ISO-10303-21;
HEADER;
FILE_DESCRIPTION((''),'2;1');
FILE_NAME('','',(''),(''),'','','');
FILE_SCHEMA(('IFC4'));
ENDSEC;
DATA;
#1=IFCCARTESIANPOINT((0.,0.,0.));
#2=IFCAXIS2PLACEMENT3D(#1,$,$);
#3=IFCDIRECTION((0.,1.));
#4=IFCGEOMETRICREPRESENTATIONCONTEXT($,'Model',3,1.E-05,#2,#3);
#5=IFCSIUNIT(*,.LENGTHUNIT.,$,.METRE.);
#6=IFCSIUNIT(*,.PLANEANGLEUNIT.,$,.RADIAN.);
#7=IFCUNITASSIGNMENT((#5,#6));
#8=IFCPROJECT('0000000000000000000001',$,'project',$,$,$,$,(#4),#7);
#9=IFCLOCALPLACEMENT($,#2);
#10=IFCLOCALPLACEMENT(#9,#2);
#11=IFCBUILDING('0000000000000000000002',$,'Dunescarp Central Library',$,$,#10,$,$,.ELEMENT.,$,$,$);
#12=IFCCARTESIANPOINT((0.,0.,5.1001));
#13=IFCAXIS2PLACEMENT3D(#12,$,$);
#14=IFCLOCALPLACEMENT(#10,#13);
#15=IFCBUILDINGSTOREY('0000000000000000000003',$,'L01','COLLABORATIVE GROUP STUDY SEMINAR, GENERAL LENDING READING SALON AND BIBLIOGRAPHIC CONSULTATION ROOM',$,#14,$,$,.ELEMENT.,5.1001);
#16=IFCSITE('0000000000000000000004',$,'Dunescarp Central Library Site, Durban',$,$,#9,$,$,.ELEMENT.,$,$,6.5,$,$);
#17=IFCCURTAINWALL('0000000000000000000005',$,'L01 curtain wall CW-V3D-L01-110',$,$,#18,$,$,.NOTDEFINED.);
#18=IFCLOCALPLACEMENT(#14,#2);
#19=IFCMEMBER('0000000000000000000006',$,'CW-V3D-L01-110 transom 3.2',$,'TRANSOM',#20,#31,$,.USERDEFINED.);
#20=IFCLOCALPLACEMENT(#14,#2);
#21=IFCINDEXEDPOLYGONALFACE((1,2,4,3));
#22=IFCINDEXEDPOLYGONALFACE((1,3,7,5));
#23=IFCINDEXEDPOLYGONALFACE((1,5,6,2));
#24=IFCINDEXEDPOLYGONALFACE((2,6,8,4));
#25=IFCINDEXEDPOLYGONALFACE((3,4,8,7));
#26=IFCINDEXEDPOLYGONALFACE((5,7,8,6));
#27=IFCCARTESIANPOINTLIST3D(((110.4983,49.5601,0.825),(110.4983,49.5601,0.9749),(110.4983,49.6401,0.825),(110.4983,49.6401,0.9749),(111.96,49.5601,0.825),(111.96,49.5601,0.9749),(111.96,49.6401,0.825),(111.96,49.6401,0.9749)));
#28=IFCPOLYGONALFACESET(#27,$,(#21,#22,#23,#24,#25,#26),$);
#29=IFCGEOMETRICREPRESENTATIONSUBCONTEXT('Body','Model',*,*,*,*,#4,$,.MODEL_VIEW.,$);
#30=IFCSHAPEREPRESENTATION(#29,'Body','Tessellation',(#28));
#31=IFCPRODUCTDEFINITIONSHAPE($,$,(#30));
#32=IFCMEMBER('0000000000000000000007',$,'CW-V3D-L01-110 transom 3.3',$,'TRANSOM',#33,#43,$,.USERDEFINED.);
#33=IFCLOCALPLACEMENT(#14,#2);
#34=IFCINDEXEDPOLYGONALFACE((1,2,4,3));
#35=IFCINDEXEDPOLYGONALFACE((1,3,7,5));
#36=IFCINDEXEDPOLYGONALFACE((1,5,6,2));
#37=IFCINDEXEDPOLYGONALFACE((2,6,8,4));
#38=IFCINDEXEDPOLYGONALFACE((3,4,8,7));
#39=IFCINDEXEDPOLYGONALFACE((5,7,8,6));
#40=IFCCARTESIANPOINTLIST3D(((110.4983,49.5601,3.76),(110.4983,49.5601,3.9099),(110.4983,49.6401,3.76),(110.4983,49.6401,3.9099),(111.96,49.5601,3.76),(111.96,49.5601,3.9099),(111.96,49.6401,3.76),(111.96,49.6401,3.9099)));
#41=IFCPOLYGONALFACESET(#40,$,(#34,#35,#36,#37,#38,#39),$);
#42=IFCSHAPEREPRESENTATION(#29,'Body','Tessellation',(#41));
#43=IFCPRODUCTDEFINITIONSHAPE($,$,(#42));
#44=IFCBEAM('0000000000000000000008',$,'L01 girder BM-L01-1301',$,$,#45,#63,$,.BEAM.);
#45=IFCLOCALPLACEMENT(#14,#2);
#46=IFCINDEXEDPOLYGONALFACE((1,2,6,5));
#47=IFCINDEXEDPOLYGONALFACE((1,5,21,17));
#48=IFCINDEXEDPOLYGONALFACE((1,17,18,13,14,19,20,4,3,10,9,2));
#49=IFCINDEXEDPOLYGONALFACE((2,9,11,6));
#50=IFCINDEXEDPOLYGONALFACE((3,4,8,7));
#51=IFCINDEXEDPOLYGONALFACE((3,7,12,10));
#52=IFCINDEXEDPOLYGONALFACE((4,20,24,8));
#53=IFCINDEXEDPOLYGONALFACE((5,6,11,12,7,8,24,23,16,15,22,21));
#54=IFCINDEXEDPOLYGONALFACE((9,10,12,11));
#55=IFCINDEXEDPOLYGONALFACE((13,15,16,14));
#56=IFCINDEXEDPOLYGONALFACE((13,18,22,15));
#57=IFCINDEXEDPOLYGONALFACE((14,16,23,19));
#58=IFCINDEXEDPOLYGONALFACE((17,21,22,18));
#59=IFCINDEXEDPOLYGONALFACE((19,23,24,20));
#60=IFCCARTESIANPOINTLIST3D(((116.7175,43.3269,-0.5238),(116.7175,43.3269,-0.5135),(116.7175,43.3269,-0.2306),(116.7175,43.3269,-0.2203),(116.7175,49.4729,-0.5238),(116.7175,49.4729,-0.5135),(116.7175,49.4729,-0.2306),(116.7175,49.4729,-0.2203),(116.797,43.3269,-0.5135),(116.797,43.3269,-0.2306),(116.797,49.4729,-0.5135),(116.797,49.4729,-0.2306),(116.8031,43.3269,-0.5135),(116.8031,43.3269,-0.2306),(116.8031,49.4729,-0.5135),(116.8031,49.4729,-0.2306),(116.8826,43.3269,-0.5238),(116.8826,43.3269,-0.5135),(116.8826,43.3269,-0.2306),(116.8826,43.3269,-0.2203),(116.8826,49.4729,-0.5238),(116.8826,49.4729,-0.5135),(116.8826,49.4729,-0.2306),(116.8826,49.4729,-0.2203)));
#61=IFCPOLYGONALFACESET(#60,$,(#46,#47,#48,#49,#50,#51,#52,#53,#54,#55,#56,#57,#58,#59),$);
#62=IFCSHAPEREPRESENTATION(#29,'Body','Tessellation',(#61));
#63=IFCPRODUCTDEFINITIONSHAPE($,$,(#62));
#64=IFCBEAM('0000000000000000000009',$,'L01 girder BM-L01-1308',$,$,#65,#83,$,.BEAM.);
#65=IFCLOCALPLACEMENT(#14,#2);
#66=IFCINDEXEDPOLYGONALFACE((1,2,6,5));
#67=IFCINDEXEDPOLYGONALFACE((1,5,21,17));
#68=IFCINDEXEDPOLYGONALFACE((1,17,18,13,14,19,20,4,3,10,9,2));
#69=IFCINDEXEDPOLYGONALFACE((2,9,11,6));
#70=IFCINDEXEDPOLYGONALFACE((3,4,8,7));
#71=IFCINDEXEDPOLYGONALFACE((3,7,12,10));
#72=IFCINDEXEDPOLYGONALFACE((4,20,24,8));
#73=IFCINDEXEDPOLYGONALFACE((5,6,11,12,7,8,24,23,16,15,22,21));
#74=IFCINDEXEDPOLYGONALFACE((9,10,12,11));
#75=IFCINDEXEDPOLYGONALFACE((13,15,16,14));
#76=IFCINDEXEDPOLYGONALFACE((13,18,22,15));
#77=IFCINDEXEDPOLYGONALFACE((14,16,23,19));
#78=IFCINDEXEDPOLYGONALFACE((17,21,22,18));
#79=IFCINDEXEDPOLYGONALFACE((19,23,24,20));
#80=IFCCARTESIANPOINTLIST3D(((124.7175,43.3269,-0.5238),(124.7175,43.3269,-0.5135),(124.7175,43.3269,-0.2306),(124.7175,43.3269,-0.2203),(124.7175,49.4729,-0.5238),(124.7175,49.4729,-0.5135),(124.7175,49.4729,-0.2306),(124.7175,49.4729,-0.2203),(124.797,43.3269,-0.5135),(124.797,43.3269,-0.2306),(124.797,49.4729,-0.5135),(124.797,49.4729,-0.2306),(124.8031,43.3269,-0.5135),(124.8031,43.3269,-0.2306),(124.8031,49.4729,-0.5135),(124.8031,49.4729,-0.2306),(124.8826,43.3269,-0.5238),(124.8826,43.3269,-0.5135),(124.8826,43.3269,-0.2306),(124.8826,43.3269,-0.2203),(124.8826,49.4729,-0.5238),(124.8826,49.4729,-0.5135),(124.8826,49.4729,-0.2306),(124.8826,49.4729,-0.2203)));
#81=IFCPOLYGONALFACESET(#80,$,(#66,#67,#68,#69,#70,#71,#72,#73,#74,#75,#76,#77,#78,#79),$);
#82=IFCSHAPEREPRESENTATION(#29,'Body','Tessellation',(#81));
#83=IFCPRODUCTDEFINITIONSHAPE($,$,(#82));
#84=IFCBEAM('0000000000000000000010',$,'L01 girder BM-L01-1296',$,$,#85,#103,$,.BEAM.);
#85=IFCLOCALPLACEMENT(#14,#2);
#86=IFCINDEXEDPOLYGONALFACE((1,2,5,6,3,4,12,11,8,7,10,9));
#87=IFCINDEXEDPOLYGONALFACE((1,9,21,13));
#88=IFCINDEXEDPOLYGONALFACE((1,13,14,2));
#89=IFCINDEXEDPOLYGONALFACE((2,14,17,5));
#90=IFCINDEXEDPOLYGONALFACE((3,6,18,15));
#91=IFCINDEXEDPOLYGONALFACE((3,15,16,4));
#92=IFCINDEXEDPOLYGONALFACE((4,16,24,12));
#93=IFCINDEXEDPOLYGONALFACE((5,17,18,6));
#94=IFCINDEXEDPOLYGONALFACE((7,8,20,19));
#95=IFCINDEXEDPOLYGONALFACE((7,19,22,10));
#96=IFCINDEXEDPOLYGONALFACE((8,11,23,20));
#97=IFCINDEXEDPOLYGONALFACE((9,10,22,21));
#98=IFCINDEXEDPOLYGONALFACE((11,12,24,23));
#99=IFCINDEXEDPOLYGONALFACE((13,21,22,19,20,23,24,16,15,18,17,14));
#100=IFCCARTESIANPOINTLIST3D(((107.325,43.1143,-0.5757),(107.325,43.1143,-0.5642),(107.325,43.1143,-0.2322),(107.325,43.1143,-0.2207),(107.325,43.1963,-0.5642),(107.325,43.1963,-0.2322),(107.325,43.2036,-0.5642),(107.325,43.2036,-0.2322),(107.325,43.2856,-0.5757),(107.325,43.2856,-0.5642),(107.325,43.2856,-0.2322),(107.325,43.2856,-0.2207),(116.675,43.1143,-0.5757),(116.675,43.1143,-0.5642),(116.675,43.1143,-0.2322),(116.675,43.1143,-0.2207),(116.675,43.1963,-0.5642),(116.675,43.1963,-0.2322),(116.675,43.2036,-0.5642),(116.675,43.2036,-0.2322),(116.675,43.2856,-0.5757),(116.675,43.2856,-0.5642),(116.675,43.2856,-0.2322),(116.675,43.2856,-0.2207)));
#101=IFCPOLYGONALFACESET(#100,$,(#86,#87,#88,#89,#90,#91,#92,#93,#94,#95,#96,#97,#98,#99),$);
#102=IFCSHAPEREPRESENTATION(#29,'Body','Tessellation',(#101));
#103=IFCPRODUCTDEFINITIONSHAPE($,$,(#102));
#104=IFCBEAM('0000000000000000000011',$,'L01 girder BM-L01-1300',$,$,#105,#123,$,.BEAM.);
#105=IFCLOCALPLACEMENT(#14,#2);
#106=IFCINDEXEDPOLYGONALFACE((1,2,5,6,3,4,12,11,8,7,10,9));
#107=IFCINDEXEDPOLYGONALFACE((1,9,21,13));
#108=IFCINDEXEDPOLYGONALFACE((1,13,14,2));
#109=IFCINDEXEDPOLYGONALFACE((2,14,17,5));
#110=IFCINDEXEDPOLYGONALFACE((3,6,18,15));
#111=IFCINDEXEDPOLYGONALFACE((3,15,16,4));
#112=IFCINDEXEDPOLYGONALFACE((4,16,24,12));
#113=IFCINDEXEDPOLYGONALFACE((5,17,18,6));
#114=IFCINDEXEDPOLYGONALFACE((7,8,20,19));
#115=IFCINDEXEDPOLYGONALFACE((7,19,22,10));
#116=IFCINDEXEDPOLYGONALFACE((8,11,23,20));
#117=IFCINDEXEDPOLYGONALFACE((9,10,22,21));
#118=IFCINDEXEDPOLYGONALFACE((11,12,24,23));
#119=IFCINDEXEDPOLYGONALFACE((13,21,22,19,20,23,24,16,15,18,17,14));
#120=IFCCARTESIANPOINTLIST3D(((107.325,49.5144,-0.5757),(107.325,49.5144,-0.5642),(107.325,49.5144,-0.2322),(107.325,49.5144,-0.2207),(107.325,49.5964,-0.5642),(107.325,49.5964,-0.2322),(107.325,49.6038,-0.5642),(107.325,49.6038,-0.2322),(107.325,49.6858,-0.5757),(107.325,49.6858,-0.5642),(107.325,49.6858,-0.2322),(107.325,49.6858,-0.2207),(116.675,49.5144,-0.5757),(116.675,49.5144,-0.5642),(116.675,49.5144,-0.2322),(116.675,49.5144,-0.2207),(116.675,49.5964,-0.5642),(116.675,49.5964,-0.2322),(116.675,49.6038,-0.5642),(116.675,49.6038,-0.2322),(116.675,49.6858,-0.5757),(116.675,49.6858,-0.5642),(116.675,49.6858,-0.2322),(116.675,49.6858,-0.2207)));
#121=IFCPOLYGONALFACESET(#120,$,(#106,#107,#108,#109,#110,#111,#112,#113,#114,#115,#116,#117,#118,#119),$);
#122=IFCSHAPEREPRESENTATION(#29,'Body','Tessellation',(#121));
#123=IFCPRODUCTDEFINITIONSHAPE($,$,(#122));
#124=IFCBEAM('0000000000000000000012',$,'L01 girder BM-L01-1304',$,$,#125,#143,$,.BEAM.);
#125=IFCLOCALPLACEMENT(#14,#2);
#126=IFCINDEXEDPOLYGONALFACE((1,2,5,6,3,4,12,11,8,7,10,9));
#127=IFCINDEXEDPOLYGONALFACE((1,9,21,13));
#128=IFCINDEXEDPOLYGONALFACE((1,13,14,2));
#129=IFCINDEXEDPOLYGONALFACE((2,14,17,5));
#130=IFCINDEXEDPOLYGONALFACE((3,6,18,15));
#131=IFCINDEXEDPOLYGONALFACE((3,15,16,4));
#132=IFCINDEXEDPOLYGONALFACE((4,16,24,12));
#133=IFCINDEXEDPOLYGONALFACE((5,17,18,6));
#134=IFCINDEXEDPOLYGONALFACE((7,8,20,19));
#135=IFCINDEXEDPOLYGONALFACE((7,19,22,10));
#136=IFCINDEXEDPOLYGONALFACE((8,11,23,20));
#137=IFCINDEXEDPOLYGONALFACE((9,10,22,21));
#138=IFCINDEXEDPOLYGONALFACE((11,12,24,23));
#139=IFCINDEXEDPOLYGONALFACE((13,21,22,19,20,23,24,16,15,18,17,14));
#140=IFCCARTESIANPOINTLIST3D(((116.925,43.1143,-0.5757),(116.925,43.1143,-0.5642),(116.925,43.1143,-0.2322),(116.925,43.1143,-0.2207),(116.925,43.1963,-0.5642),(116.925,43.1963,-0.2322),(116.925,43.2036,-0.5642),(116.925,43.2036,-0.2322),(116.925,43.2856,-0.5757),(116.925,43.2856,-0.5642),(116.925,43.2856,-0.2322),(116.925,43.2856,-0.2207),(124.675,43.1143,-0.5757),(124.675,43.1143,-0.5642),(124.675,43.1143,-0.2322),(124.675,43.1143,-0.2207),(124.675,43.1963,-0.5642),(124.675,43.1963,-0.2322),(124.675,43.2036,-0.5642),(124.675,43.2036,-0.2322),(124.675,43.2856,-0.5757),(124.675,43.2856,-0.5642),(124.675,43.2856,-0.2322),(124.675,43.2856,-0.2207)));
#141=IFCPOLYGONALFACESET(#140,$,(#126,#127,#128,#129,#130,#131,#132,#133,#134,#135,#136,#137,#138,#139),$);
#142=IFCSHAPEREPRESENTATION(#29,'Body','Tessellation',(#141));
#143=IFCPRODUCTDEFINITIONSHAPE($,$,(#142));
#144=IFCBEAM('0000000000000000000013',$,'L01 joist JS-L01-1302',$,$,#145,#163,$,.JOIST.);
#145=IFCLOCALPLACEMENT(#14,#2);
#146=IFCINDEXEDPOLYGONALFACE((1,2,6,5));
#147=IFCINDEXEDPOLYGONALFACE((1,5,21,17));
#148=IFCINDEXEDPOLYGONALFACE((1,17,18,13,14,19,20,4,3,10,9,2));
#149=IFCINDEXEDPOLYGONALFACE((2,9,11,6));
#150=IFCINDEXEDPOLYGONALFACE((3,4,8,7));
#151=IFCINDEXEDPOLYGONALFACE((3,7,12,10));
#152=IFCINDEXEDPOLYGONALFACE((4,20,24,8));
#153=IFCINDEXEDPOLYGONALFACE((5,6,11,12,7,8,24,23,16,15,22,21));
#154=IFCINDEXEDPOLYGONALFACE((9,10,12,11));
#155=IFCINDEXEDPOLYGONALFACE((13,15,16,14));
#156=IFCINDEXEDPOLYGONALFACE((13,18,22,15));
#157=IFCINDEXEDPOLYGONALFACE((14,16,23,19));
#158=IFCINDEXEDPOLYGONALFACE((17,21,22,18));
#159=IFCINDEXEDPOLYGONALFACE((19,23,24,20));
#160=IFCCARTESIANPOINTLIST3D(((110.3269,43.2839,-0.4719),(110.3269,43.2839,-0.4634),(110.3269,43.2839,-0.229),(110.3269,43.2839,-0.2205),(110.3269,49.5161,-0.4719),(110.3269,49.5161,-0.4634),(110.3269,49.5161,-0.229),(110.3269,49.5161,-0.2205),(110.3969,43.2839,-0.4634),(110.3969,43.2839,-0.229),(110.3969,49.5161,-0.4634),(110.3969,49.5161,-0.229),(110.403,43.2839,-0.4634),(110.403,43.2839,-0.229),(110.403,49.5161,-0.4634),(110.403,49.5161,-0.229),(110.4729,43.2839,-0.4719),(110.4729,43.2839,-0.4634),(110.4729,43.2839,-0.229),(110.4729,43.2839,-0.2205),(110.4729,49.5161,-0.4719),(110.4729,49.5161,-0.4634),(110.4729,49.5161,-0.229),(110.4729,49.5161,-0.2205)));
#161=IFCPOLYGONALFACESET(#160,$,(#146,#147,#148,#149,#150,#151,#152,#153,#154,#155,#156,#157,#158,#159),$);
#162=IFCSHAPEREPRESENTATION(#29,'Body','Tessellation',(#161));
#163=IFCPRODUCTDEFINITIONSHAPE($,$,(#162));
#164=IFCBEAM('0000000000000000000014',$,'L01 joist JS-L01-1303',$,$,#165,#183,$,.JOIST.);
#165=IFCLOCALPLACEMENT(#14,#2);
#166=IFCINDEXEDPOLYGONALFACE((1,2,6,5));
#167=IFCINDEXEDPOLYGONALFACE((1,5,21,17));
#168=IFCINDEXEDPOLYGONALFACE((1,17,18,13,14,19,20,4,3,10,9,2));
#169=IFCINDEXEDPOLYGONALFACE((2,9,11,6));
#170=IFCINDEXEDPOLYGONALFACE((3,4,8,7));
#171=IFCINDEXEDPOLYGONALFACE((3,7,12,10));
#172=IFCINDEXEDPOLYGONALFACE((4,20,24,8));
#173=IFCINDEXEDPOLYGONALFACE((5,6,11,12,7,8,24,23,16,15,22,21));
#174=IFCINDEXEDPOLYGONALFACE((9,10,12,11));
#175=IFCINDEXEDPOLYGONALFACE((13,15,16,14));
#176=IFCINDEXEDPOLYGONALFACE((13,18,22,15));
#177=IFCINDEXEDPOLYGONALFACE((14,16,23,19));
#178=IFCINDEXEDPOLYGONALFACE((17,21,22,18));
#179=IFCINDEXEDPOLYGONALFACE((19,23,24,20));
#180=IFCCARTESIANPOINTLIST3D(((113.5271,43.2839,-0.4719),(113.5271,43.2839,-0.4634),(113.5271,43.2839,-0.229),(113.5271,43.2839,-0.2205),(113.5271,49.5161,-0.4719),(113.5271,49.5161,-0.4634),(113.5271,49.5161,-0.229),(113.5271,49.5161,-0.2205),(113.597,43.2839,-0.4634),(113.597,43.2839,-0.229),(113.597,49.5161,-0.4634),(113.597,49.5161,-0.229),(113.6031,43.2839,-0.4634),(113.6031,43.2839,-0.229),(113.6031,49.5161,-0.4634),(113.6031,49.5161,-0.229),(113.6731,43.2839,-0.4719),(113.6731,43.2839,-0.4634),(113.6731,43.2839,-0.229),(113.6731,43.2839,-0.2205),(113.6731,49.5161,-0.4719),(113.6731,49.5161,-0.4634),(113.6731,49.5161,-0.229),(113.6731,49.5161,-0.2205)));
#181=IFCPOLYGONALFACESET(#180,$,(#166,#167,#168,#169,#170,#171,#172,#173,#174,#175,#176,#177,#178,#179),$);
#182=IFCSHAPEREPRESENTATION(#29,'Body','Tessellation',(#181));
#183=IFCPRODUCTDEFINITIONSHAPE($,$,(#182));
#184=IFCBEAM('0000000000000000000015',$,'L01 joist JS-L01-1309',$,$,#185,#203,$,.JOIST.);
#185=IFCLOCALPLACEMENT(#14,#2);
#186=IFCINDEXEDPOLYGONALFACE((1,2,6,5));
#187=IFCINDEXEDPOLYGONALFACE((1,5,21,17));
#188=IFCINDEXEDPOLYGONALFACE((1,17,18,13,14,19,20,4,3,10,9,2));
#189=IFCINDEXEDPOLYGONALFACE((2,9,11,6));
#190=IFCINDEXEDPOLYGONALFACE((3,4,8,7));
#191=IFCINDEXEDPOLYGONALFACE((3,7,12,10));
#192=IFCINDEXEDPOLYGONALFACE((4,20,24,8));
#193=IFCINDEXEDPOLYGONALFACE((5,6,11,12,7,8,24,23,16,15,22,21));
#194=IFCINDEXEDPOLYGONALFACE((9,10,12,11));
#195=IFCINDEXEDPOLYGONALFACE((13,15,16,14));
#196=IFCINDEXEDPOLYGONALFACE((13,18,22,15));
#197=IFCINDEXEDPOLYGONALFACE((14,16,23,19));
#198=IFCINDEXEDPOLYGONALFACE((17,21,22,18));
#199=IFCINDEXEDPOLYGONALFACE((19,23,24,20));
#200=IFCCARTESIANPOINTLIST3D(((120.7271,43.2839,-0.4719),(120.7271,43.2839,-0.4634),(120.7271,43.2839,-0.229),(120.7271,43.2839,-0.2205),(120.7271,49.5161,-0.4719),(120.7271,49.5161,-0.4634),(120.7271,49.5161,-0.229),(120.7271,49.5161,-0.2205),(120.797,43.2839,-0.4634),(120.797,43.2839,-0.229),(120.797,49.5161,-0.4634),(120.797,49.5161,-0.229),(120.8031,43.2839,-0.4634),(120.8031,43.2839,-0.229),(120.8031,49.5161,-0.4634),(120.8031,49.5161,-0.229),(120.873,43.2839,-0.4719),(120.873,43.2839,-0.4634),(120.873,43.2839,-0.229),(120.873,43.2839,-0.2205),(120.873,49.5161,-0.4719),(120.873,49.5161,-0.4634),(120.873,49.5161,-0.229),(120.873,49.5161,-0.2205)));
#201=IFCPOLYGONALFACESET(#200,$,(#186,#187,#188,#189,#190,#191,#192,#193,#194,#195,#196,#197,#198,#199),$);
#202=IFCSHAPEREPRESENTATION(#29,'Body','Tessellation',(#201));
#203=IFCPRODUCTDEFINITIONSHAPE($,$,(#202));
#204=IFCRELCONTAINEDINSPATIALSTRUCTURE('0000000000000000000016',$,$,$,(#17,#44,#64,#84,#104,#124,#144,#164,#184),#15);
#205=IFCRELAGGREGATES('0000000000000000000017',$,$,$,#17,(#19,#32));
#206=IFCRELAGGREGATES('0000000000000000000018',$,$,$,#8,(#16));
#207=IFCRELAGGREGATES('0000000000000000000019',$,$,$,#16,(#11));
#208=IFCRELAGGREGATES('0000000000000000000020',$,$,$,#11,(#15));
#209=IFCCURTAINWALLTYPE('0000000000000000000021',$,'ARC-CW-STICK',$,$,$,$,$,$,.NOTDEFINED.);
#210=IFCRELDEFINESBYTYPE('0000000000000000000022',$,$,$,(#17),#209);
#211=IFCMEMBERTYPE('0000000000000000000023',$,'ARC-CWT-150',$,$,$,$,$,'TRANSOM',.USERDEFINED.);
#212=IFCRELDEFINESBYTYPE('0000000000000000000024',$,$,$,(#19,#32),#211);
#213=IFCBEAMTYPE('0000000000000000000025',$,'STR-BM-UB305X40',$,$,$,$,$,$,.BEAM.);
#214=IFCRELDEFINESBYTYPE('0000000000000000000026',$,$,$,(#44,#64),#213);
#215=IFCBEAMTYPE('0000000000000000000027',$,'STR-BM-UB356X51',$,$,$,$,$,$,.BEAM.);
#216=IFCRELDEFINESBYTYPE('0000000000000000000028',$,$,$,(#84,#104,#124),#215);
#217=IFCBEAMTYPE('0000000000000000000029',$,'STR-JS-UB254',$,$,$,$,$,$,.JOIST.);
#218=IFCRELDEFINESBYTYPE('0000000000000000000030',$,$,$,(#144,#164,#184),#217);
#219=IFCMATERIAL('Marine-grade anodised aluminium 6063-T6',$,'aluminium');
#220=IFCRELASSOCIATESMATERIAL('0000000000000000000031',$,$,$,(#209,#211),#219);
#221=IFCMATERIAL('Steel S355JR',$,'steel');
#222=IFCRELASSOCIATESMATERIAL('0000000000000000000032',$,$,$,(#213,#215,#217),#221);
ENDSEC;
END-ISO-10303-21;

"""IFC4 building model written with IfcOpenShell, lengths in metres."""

from ifc_helpers import new_model, si_unit, direction, frame, origin, origin_2d, place, context, subcontext, project, spatial, rectangle, i_section, extrude, material, material_profile, profile_set, type_object, element, aggregate, save


model = new_model("IFC4")

# Units and contexts
model_context = context("Model", 3, precision=1e-05, world=origin(), true_north=direction((0.0, 1.0)))
body_context = subcontext(model_context, "Body", "Model", "MODEL_VIEW")
ifc_project = project(units=[si_unit("LENGTHUNIT", "METRE"), si_unit("PLANEANGLEUNIT", "RADIAN")], contexts=[model_context])

# Site, building, storey
site_placement = place(None, origin())
site = spatial("IfcSite", under=ifc_project, at=site_placement, Name="Dunescarp Central Library Site, Durban", CompositionType="ELEMENT", RefElevation=6.5)
building_placement = place(site_placement, origin())
building = spatial("IfcBuilding", under=site, at=building_placement, Name="Dunescarp Central Library", CompositionType="ELEMENT")
storey_placement = place(building_placement, frame((0.0, 0.0, 5.1001)))
storey = spatial("IfcBuildingStorey", under=building, at=storey_placement, Name="L01", Description="COLLABORATIVE GROUP STUDY SEMINAR, GENERAL LENDING READING SALON AND BIBLIOGRAPHIC CONSULTATION ROOM", CompositionType="ELEMENT", Elevation=5.1001)

# Shared definitions
ifc_material_1 = material(Name="Steel S355JR", Category="steel")

# Curtain wall, members
ifc_material_2 = material(Name="Marine-grade anodised aluminium 6063-T6", Category="aluminium")
curtain_wall_type = type_object("IfcCurtainWallType", Name="ARC-CW-STICK", PredefinedType="NOTDEFINED", material=ifc_material_2)
curtain_wall_placement = place(storey_placement, origin())
curtain_wall = element("IfcCurtainWall", 1, at=curtain_wall_placement, inside=storey, type_object=curtain_wall_type, Name="L01 curtain wall CW-V3D-L01-110", PredefinedType="NOTDEFINED")
ifc_material_profile_1 = material_profile(ifc_material_2, rectangle(XDim=0.0801, YDim=0.1499, at=origin_2d()), Name="AL 80x150")
ifc_profile_set_1 = profile_set([ifc_material_profile_1], Name="Marine-grade anodised aluminium 6063-T6")
member_type_1 = type_object("IfcMemberType", Name="ARC-CWT-150", ElementType="TRANSOM", PredefinedType="USERDEFINED", material=ifc_profile_set_1)
member_1_placement = place(storey_placement, frame((110.4983, 49.6001, 0.8999), z_axis=(1.0, 0.0, 0.0), x_axis=(0.0, 1.0, 0.0)))
member_1 = element("IfcMember", 2, at=member_1_placement, type_object=member_type_1, Name="CW-V3D-L01-110 transom 3.2", ObjectType="TRANSOM", PredefinedType="USERDEFINED", context=body_context, shape_type="SweptSolid", body=[
    extrude(rectangle(XDim=0.0801, YDim=0.1499, at=origin_2d()), origin(), (0.0, 0.0, 1.0), 1.4617),
])
member_2_placement = place(storey_placement, frame((110.4983, 49.6001, 3.835), z_axis=(1.0, 0.0, 0.0), x_axis=(0.0, 1.0, 0.0)))
member_2 = element("IfcMember", 3, at=member_2_placement, type_object=member_type_1, Name="CW-V3D-L01-110 transom 3.3", ObjectType="TRANSOM", PredefinedType="USERDEFINED", context=body_context, shape_type="SweptSolid", body=[
    extrude(rectangle(XDim=0.0801, YDim=0.1499, at=origin_2d()), origin(), (0.0, 0.0, 1.0), 1.4617),
])

# Beams
ifc_material_profile_2 = material_profile(ifc_material_1, i_section(OverallWidth=0.165, OverallDepth=0.3035, WebThickness=0.0061, FlangeThickness=0.0103, at=origin_2d()), Name="UB 305x165x40")
ifc_profile_set_2 = profile_set([ifc_material_profile_2], Name="Steel S355JR")
beam_type_1 = type_object("IfcBeamType", Name="STR-BM-UB305X40", PredefinedType="BEAM", material=ifc_profile_set_2)
for number, where, z_axis, x_axis, name in (
    (4, (116.8, 43.3269, -0.3721), (0.0, 1.0, 0.0), (-1.0, 0.0, 0.0), "L01 girder BM-L01-1301"),
    (5, (124.8, 43.3269, -0.3721), (0.0, 1.0, 0.0), (-1.0, 0.0, 0.0), "L01 girder BM-L01-1308"),
):
    element("IfcBeam", number, at=place(storey_placement, frame(where, z_axis=z_axis, x_axis=x_axis)), inside=storey, type_object=beam_type_1, Name=name, PredefinedType="BEAM", context=body_context, shape_type="SweptSolid", body=[
        extrude(i_section(OverallWidth=0.165, OverallDepth=0.3035, WebThickness=0.0061, FlangeThickness=0.0103, at=origin_2d()), origin(), (0.0, 0.0, 1.0), 6.146),
    ])
ifc_material_profile_3 = material_profile(ifc_material_1, i_section(OverallWidth=0.1714, OverallDepth=0.355, WebThickness=0.0073, FlangeThickness=0.0115, at=origin_2d()), Name="UB 356x171x51")
ifc_profile_set_3 = profile_set([ifc_material_profile_3], Name="Steel S355JR")
beam_type_2 = type_object("IfcBeamType", Name="STR-BM-UB356X51", PredefinedType="BEAM", material=ifc_profile_set_3)
for number, where, z_axis, x_axis, name in (
    (6, (107.325, 43.2, -0.3982), (1.0, 0.0, 0.0), (0.0, 1.0, 0.0), "L01 girder BM-L01-1296"),
    (7, (107.325, 49.6001, -0.3982), (1.0, 0.0, 0.0), (0.0, 1.0, 0.0), "L01 girder BM-L01-1300"),
):
    element("IfcBeam", number, at=place(storey_placement, frame(where, z_axis=z_axis, x_axis=x_axis)), inside=storey, type_object=beam_type_2, Name=name, PredefinedType="BEAM", context=body_context, shape_type="SweptSolid", body=[
        extrude(i_section(OverallWidth=0.1714, OverallDepth=0.355, WebThickness=0.0073, FlangeThickness=0.0115, at=origin_2d()), origin(), (0.0, 0.0, 1.0), 9.3501),
    ])
beam_placement = place(storey_placement, frame((116.925, 43.2, -0.3982), z_axis=(1.0, 0.0, 0.0), x_axis=(0.0, 1.0, 0.0)))
element("IfcBeam", 8, at=beam_placement, inside=storey, type_object=beam_type_2, Name="L01 girder BM-L01-1304", PredefinedType="BEAM", context=body_context, shape_type="SweptSolid", body=[
    extrude(i_section(OverallWidth=0.1714, OverallDepth=0.355, WebThickness=0.0073, FlangeThickness=0.0115, at=origin_2d()), origin(), (0.0, 0.0, 1.0), 7.75),
])
ifc_material_profile_4 = material_profile(ifc_material_1, i_section(OverallWidth=0.146, OverallDepth=0.2515, WebThickness=0.0061, FlangeThickness=0.0085, at=origin_2d()), Name="UB 254x146x31")
ifc_profile_set_4 = profile_set([ifc_material_profile_4], Name="Steel S355JR")
beam_type_3 = type_object("IfcBeamType", Name="STR-JS-UB254", PredefinedType="JOIST", material=ifc_profile_set_4)
for number, where, z_axis, x_axis, name in (
    (9, (110.3999, 43.2839, -0.3462), (0.0, 1.0, 0.0), (-1.0, 0.0, 0.0), "L01 joist JS-L01-1302"),
    (10, (113.6001, 43.2839, -0.3462), (0.0, 1.0, 0.0), (-1.0, 0.0, 0.0), "L01 joist JS-L01-1303"),
    (11, (120.8, 43.2839, -0.3462), (0.0, 1.0, 0.0), (-1.0, 0.0, 0.0), "L01 joist JS-L01-1309"),
):
    element("IfcBeam", number, at=place(storey_placement, frame(where, z_axis=z_axis, x_axis=x_axis)), inside=storey, type_object=beam_type_3, Name=name, PredefinedType="JOIST", context=body_context, shape_type="SweptSolid", body=[
        extrude(i_section(OverallWidth=0.146, OverallDepth=0.2515, WebThickness=0.0061, FlangeThickness=0.0085, at=origin_2d()), origin(), (0.0, 0.0, 1.0), 6.2322),
    ])

aggregate(curtain_wall, [member_1, member_2])

save(model, "model.ifc")
